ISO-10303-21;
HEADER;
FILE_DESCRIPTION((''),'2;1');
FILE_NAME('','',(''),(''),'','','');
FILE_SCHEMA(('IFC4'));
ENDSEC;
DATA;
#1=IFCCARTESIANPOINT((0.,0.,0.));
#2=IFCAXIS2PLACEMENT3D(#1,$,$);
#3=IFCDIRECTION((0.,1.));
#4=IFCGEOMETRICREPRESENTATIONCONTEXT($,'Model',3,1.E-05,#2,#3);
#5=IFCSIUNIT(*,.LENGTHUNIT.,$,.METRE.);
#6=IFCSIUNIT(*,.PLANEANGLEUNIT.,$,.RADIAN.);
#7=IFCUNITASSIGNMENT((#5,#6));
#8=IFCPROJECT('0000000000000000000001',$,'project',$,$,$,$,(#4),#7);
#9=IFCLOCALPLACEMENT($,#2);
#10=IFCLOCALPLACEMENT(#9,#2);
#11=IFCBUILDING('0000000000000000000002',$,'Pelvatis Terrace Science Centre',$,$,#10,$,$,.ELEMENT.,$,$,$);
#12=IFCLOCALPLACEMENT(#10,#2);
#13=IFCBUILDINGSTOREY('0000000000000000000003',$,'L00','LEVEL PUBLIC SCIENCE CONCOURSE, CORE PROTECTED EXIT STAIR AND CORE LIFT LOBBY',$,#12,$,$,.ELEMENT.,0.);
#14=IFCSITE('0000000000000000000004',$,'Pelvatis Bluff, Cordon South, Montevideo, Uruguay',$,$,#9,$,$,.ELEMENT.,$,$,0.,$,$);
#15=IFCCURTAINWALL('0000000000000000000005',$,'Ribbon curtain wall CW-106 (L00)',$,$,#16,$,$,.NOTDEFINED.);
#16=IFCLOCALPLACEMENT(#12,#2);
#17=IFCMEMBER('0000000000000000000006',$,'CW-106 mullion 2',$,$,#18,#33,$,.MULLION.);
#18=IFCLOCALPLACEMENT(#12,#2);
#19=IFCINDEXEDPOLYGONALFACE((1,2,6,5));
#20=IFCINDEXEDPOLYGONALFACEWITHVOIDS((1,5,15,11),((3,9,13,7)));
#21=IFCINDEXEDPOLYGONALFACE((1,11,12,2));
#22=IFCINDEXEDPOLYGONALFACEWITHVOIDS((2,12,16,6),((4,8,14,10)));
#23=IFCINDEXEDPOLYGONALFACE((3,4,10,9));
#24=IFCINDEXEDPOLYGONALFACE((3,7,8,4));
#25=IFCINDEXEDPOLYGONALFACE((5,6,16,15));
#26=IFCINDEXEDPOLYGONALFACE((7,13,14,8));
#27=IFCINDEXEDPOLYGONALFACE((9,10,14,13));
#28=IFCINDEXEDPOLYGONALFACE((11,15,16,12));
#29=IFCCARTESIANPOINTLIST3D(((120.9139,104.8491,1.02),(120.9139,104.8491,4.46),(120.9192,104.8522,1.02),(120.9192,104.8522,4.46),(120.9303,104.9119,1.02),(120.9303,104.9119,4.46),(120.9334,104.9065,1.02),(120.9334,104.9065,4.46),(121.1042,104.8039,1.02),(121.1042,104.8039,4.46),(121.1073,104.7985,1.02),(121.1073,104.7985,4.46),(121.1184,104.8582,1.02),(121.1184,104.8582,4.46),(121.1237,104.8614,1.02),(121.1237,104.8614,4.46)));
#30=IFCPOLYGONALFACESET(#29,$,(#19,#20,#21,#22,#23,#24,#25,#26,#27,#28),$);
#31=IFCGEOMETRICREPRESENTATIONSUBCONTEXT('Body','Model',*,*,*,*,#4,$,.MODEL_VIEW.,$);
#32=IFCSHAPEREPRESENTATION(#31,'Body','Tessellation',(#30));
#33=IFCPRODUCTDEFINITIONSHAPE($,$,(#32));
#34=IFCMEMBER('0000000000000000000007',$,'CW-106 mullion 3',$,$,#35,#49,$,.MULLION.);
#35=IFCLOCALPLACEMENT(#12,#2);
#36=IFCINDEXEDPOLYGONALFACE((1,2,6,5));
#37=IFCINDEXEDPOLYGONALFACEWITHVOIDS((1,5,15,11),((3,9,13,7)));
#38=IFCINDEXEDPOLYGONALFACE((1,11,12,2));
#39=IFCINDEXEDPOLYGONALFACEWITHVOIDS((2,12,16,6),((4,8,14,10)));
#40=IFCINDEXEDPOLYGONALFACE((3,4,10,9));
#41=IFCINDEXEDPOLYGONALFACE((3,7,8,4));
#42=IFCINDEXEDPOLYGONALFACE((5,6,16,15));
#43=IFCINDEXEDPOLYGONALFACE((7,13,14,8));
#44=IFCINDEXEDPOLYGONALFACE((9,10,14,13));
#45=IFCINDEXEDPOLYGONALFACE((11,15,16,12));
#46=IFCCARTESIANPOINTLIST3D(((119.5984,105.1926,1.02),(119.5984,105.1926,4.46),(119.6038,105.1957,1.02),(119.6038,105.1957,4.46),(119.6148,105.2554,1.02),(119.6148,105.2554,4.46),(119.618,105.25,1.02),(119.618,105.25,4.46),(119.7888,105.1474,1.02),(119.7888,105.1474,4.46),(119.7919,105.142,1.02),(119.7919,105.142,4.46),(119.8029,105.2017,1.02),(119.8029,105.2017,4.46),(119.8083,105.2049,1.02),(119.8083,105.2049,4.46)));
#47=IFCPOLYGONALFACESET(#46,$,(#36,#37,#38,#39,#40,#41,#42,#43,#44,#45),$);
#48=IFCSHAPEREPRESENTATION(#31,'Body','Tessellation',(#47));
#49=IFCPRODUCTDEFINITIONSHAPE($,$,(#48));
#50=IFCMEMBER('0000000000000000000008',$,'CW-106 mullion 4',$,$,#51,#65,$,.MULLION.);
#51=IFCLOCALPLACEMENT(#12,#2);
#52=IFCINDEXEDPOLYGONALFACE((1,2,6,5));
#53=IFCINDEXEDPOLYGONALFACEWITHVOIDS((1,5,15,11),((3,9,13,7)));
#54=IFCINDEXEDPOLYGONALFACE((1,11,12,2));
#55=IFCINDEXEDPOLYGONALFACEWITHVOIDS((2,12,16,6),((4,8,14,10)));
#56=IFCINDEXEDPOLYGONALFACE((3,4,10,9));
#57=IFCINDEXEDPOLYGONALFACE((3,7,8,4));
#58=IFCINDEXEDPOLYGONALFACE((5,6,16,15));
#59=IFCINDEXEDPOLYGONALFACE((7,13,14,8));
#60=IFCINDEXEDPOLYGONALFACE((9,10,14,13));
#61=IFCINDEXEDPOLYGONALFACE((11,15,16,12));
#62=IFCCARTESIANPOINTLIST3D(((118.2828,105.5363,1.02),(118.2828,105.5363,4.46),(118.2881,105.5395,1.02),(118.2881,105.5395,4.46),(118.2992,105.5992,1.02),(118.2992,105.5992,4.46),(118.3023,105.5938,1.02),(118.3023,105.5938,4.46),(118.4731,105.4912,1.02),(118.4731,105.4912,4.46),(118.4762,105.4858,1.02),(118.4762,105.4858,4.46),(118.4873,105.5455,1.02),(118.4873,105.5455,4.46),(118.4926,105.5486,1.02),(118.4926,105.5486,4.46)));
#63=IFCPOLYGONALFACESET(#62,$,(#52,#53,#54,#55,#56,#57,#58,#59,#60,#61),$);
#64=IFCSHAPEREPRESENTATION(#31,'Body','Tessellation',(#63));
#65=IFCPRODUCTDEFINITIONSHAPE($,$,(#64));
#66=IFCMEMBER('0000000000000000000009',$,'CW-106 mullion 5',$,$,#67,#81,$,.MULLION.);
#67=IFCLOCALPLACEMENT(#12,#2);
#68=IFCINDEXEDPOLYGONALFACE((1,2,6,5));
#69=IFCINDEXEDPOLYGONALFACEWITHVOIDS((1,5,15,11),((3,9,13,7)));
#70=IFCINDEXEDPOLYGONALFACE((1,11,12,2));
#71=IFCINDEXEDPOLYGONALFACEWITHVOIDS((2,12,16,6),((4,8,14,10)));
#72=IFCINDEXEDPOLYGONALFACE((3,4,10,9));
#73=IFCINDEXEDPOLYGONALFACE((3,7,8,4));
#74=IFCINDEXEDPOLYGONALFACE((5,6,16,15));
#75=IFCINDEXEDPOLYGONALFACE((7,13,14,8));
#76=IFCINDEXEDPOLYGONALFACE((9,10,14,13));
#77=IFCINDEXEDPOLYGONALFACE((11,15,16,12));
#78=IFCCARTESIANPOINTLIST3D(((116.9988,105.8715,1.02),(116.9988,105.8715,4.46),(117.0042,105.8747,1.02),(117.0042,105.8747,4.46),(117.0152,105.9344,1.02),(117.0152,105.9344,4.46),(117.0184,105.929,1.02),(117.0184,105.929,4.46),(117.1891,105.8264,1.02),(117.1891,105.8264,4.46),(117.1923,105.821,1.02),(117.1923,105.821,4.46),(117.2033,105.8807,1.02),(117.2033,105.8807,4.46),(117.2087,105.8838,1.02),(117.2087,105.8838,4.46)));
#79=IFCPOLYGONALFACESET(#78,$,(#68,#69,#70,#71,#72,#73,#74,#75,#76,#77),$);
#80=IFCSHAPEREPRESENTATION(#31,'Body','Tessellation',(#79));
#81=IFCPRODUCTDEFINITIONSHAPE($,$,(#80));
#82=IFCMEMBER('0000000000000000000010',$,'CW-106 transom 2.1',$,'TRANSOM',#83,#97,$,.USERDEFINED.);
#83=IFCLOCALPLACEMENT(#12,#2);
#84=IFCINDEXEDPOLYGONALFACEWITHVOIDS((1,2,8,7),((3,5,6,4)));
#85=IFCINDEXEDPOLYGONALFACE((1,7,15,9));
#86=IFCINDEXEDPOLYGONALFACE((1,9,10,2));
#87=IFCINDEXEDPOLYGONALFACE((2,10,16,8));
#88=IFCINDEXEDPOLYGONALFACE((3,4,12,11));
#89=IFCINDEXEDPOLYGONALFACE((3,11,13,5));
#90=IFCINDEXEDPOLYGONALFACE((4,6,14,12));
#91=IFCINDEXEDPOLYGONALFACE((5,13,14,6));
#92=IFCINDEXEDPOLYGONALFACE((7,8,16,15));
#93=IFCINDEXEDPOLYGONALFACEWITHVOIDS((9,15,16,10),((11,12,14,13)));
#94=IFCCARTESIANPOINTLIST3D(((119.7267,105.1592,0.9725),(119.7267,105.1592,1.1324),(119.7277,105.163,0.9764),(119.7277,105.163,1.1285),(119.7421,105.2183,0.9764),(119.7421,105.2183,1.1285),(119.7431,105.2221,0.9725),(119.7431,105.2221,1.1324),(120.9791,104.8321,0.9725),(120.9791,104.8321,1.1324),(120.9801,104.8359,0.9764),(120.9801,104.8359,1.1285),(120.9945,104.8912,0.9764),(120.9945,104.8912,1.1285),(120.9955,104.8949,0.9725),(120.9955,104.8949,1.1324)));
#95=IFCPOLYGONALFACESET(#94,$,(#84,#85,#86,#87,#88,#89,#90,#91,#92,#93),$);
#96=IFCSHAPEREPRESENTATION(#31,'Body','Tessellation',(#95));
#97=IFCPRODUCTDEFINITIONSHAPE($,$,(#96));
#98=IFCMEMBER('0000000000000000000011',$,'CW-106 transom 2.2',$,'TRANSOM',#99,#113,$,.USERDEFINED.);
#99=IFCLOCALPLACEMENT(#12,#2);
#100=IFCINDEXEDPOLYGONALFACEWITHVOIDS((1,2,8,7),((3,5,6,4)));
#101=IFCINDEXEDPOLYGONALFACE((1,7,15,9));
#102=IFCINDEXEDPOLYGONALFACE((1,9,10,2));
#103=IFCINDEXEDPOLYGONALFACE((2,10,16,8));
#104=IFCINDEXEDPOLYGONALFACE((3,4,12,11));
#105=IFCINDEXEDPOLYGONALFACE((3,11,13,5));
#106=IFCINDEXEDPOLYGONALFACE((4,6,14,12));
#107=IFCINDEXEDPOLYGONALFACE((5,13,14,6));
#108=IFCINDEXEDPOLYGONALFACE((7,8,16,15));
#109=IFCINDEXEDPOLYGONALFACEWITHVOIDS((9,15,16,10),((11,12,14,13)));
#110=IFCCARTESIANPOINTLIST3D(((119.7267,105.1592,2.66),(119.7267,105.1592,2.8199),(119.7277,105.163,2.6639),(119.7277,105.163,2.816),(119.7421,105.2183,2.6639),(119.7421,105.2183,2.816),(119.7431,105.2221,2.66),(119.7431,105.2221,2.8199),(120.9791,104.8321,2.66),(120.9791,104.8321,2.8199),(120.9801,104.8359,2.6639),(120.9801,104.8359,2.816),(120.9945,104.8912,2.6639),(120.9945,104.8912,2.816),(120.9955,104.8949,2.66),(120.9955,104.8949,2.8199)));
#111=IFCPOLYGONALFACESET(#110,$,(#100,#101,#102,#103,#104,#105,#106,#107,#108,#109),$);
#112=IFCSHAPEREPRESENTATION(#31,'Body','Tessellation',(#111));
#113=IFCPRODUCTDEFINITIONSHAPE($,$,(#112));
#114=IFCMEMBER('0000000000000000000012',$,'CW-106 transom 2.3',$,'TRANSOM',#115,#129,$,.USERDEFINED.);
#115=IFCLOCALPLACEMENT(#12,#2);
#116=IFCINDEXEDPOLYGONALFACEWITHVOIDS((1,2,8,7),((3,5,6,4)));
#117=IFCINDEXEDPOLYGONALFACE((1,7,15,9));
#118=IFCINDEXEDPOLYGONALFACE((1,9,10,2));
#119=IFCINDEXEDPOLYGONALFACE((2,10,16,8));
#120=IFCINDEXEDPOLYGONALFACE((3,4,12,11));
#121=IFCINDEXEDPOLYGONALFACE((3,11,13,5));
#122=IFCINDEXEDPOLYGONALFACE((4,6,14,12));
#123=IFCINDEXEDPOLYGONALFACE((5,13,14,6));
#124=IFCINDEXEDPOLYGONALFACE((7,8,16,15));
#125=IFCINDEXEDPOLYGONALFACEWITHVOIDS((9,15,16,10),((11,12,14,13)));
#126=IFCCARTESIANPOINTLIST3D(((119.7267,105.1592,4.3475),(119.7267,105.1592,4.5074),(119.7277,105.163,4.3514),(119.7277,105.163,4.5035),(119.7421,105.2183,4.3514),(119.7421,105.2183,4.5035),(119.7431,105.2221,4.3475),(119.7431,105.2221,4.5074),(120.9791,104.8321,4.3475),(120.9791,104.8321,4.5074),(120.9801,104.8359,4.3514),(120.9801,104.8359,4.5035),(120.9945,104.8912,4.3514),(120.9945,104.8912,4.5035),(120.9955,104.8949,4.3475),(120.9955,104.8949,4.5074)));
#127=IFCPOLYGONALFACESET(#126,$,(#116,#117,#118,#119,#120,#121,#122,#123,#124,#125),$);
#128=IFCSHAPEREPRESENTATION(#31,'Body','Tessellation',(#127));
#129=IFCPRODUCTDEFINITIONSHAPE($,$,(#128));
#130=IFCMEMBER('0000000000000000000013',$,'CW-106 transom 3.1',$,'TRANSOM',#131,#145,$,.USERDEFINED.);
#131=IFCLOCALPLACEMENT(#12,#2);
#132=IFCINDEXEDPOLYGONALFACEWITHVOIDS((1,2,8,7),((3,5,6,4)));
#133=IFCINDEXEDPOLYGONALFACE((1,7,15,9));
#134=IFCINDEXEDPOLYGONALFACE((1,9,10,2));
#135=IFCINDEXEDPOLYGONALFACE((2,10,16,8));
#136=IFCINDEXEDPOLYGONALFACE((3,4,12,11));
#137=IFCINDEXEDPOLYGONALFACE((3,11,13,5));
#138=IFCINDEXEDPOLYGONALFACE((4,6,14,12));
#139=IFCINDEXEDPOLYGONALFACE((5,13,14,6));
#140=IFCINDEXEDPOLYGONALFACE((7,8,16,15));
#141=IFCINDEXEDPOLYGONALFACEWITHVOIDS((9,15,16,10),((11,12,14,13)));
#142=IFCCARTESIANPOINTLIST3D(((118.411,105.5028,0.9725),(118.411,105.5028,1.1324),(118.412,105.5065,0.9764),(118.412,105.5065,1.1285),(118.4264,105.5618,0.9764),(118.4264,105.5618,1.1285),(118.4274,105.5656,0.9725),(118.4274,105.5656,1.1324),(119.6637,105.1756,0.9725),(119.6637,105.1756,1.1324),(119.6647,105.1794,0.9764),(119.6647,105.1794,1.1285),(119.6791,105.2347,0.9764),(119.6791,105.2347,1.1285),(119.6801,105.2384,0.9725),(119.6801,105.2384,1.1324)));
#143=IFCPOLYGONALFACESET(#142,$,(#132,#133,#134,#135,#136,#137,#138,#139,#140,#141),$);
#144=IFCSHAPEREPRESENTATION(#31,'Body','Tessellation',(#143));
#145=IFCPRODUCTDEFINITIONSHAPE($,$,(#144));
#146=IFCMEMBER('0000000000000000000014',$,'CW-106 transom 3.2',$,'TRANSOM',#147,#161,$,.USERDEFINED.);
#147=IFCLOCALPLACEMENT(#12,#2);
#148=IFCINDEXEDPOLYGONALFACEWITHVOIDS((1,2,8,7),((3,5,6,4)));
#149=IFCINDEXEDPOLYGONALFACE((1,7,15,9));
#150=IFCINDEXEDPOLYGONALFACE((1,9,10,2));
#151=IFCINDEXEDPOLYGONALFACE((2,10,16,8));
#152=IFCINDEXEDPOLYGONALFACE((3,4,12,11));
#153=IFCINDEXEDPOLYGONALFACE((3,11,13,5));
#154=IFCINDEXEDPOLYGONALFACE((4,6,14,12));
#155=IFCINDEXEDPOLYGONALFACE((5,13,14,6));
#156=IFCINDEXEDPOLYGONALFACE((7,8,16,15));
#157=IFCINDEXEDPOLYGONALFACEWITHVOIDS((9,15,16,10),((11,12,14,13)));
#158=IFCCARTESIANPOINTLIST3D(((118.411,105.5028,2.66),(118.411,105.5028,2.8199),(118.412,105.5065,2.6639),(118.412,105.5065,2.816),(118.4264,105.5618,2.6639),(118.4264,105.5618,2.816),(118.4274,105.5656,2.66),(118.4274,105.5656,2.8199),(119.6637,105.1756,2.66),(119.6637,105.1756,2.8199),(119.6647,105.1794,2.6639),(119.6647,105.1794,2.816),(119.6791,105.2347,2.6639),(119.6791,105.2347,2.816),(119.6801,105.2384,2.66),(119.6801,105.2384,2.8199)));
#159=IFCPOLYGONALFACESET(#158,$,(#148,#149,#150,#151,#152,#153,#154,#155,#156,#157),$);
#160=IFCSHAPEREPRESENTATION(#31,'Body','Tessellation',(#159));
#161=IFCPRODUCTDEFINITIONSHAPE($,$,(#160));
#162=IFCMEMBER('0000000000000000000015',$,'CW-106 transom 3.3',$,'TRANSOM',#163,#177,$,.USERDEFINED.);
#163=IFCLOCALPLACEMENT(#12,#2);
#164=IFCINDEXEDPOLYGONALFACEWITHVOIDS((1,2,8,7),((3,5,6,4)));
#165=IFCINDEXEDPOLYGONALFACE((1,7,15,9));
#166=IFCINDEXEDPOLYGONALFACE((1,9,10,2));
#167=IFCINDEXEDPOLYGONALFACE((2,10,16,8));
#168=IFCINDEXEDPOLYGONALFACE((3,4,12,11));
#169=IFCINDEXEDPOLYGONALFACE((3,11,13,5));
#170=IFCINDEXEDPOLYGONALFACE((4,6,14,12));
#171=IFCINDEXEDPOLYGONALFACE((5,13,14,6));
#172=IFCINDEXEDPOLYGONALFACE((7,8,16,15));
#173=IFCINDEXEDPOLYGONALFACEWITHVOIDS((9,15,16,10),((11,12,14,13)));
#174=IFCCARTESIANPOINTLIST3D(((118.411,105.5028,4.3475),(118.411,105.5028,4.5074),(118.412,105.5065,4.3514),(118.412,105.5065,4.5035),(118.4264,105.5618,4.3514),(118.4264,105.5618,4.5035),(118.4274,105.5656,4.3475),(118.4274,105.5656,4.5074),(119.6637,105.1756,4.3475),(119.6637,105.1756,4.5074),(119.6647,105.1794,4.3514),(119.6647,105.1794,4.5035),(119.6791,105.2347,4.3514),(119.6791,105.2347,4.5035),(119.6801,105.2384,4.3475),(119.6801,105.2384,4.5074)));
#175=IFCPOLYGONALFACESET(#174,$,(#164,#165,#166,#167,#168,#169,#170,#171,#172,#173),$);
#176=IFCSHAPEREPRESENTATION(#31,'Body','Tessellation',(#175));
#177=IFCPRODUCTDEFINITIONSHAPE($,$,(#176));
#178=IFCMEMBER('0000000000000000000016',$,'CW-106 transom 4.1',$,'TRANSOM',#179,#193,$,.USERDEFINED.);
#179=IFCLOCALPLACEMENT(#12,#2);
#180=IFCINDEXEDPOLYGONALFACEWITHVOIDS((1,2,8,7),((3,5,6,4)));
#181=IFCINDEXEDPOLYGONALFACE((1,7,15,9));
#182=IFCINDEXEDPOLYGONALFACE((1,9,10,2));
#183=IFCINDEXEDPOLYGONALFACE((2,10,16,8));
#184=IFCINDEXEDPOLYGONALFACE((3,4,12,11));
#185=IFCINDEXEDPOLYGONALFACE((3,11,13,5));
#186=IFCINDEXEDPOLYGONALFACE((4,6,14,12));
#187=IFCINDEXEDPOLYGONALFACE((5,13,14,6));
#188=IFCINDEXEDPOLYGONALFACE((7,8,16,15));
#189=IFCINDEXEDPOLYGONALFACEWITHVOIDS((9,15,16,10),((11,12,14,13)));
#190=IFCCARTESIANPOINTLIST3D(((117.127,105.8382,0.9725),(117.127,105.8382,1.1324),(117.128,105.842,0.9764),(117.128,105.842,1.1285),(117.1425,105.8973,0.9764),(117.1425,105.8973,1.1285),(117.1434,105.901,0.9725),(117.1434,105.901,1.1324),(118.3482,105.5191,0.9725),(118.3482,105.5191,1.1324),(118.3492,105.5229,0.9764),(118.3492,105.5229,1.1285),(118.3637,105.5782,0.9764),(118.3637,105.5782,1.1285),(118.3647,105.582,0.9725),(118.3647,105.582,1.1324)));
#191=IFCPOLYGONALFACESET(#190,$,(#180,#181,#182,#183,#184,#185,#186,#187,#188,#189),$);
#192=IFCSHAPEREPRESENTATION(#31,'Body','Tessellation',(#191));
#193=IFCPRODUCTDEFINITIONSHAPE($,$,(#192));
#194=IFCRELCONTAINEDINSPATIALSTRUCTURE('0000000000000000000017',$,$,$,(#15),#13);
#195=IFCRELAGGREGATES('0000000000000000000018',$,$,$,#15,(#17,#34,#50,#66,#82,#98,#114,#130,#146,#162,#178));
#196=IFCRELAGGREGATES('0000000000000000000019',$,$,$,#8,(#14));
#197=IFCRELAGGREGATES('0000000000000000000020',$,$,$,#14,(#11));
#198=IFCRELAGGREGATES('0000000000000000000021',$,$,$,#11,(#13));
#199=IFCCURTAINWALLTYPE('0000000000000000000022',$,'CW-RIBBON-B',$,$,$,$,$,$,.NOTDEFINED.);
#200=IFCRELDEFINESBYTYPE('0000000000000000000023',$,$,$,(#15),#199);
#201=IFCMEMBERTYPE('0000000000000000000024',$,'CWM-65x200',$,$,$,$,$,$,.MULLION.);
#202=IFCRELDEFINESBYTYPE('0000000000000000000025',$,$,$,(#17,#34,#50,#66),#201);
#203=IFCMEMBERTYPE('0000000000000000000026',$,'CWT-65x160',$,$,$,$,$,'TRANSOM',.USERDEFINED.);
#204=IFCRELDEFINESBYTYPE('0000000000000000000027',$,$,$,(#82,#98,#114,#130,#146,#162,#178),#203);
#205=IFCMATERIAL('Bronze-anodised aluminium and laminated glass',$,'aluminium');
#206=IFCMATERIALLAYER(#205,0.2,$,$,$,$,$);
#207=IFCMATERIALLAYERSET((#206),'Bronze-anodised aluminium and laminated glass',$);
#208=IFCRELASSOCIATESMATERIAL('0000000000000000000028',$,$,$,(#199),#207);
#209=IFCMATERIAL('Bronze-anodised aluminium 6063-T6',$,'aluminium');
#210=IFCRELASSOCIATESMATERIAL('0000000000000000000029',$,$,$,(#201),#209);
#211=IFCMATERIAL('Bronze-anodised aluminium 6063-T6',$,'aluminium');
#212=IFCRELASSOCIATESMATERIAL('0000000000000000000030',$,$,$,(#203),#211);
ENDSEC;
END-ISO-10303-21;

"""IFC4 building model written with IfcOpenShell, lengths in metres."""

from ifc_helpers import new_model, si_unit, direction, frame, origin, origin_2d, place, context, subcontext, project, spatial, hollow_rectangle, extrude, material, layer, layer_set, material_profile, profile_set, type_object, element, aggregate, save


model = new_model("IFC4")

# Units and contexts
model_context = context("Model", 3, precision=1e-05, world=origin(), true_north=direction((0.0, 1.0)))
body_context = subcontext(model_context, "Body", "Model", "MODEL_VIEW")
ifc_project = project(units=[si_unit("LENGTHUNIT", "METRE"), si_unit("PLANEANGLEUNIT", "RADIAN")], contexts=[model_context])

# Site, building, storey
site_placement = place(None, origin())
site = spatial("IfcSite", under=ifc_project, at=site_placement, Name="Pelvatis Bluff, Cordon South, Montevideo, Uruguay", CompositionType="ELEMENT", RefElevation=0.0)
building_placement = place(site_placement, origin())
building = spatial("IfcBuilding", under=site, at=building_placement, Name="Pelvatis Terrace Science Centre", CompositionType="ELEMENT")
storey_placement = place(building_placement, origin())
storey = spatial("IfcBuildingStorey", under=building, at=storey_placement, Name="L00", Description="LEVEL PUBLIC SCIENCE CONCOURSE, CORE PROTECTED EXIT STAIR AND CORE LIFT LOBBY", CompositionType="ELEMENT", Elevation=0.0)

# Curtain wall, members
ifc_material_1 = material(Name="Bronze-anodised aluminium and laminated glass", Category="aluminium")
ifc_layer_1 = layer(ifc_material_1, 0.2)
ifc_layer_set_1 = layer_set([ifc_layer_1], Name="Bronze-anodised aluminium and laminated glass")
curtain_wall_type = type_object("IfcCurtainWallType", Name="CW-RIBBON-B", PredefinedType="NOTDEFINED", material=ifc_layer_set_1)
curtain_wall_placement = place(storey_placement, origin())
curtain_wall = element("IfcCurtainWall", 1, at=curtain_wall_placement, inside=storey, type_object=curtain_wall_type, Name="Ribbon curtain wall CW-106 (L00)", PredefinedType="NOTDEFINED")
ifc_material_2 = material(Name="Bronze-anodised aluminium 6063-T6", Category="aluminium")
ifc_material_profile_1 = material_profile(ifc_material_2, hollow_rectangle(XDim=0.0649, YDim=0.2, WallThickness=0.0044, at=origin_2d()), Name="ALU-MUL 65x200")
ifc_profile_set_1 = profile_set([ifc_material_profile_1], Name="Bronze-anodised aluminium 6063-T6")
member_type_1 = type_object("IfcMemberType", Name="CWM-65x200", PredefinedType="MULLION", material=ifc_profile_set_1)
member_1_placement = place(storey_placement, frame((121.0188, 104.8552, 1.02), z_axis=(0.0, 0.0, 1.0), x_axis=(-0.252698, -0.967545, 0.0)))
member_1 = element("IfcMember", 2, at=member_1_placement, type_object=member_type_1, Name="CW-106 mullion 2", PredefinedType="MULLION", context=body_context, shape_type="SweptSolid", body=[
    extrude(hollow_rectangle(XDim=0.0649, YDim=0.2, WallThickness=0.0044, at=origin_2d()), origin(), (0.0, 0.0, 1.0), 3.4399),
])
member_2_placement = place(storey_placement, frame((119.7034, 105.1987, 1.02), z_axis=(0.0, 0.0, 1.0), x_axis=(-0.252698, -0.967545, 0.0)))
member_2 = element("IfcMember", 3, at=member_2_placement, type_object=member_type_1, Name="CW-106 mullion 3", PredefinedType="MULLION", context=body_context, shape_type="SweptSolid", body=[
    extrude(hollow_rectangle(XDim=0.0649, YDim=0.2, WallThickness=0.0044, at=origin_2d()), origin(), (0.0, 0.0, 1.0), 3.4399),
])
member_3_placement = place(storey_placement, frame((118.3877, 105.5425, 1.02), z_axis=(0.0, 0.0, 1.0), x_axis=(-0.252698, -0.967545, 0.0)))
member_3 = element("IfcMember", 4, at=member_3_placement, type_object=member_type_1, Name="CW-106 mullion 4", PredefinedType="MULLION", context=body_context, shape_type="SweptSolid", body=[
    extrude(hollow_rectangle(XDim=0.0649, YDim=0.2, WallThickness=0.0044, at=origin_2d()), origin(), (0.0, 0.0, 1.0), 3.4399),
])
member_4_placement = place(storey_placement, frame((117.1038, 105.8777, 1.02), z_axis=(0.0, 0.0, 1.0), x_axis=(-0.252698, -0.967545, 0.0)))
member_4 = element("IfcMember", 5, at=member_4_placement, type_object=member_type_1, Name="CW-106 mullion 5", PredefinedType="MULLION", context=body_context, shape_type="SweptSolid", body=[
    extrude(hollow_rectangle(XDim=0.0649, YDim=0.2, WallThickness=0.0044, at=origin_2d()), origin(), (0.0, 0.0, 1.0), 3.4399),
])
ifc_material_3 = material(Name="Bronze-anodised aluminium 6063-T6", Category="aluminium")
ifc_material_profile_2 = material_profile(ifc_material_3, hollow_rectangle(XDim=0.0649, YDim=0.1599, WallThickness=0.0039, at=origin_2d()), Name="ALU-TRN 65x160")
ifc_profile_set_2 = profile_set([ifc_material_profile_2], Name="Bronze-anodised aluminium 6063-T6")
member_type_2 = type_object("IfcMemberType", Name="CWT-65x160", ElementType="TRANSOM", PredefinedType="USERDEFINED", material=ifc_profile_set_2)
member_5_placement = place(storey_placement, frame((120.9873, 104.8635, 1.0525), z_axis=(-0.967537, 0.252729, 0.0), x_axis=(-0.252729, -0.967537, 0.0)))
member_5 = element("IfcMember", 6, at=member_5_placement, type_object=member_type_2, Name="CW-106 transom 2.1", ObjectType="TRANSOM", PredefinedType="USERDEFINED", context=body_context, shape_type="SweptSolid", body=[
    extrude(hollow_rectangle(XDim=0.0649, YDim=0.1599, WallThickness=0.0039, at=origin_2d()), origin(), (0.0, 0.0, 1.0), 1.2944),
])
member_6_placement = place(storey_placement, frame((120.9873, 104.8635, 2.74), z_axis=(-0.967537, 0.252729, 0.0), x_axis=(-0.252729, -0.967537, 0.0)))
member_6 = element("IfcMember", 7, at=member_6_placement, type_object=member_type_2, Name="CW-106 transom 2.2", ObjectType="TRANSOM", PredefinedType="USERDEFINED", context=body_context, shape_type="SweptSolid", body=[
    extrude(hollow_rectangle(XDim=0.0649, YDim=0.1599, WallThickness=0.0039, at=origin_2d()), origin(), (0.0, 0.0, 1.0), 1.2944),
])
member_7_placement = place(storey_placement, frame((120.9873, 104.8635, 4.4275), z_axis=(-0.967537, 0.252729, 0.0), x_axis=(-0.252729, -0.967537, 0.0)))
member_7 = element("IfcMember", 8, at=member_7_placement, type_object=member_type_2, Name="CW-106 transom 2.3", ObjectType="TRANSOM", PredefinedType="USERDEFINED", context=body_context, shape_type="SweptSolid", body=[
    extrude(hollow_rectangle(XDim=0.0649, YDim=0.1599, WallThickness=0.0039, at=origin_2d()), origin(), (0.0, 0.0, 1.0), 1.2944),
])
member_8_placement = place(storey_placement, frame((119.6719, 105.207, 1.0525), z_axis=(-0.967549, 0.252683, 0.0), x_axis=(-0.252683, -0.967549, 0.0)))
member_8 = element("IfcMember", 9, at=member_8_placement, type_object=member_type_2, Name="CW-106 transom 3.1", ObjectType="TRANSOM", PredefinedType="USERDEFINED", context=body_context, shape_type="SweptSolid", body=[
    extrude(hollow_rectangle(XDim=0.0649, YDim=0.1599, WallThickness=0.0039, at=origin_2d()), origin(), (0.0, 0.0, 1.0), 1.2947),
])
member_9_placement = place(storey_placement, frame((119.6719, 105.207, 2.74), z_axis=(-0.967549, 0.252683, 0.0), x_axis=(-0.252683, -0.967549, 0.0)))
member_9 = element("IfcMember", 10, at=member_9_placement, type_object=member_type_2, Name="CW-106 transom 3.2", ObjectType="TRANSOM", PredefinedType="USERDEFINED", context=body_context, shape_type="SweptSolid", body=[
    extrude(hollow_rectangle(XDim=0.0649, YDim=0.1599, WallThickness=0.0039, at=origin_2d()), origin(), (0.0, 0.0, 1.0), 1.2947),
])
member_10_placement = place(storey_placement, frame((119.6719, 105.207, 4.4275), z_axis=(-0.967549, 0.252683, 0.0), x_axis=(-0.252683, -0.967549, 0.0)))
member_10 = element("IfcMember", 11, at=member_10_placement, type_object=member_type_2, Name="CW-106 transom 3.3", ObjectType="TRANSOM", PredefinedType="USERDEFINED", context=body_context, shape_type="SweptSolid", body=[
    extrude(hollow_rectangle(XDim=0.0649, YDim=0.1599, WallThickness=0.0039, at=origin_2d()), origin(), (0.0, 0.0, 1.0), 1.2947),
])
member_11_placement = place(storey_placement, frame((118.3564, 105.5505, 1.0525), z_axis=(-0.967517, 0.252808, 0.0), x_axis=(-0.252808, -0.967517, 0.0)))
member_11 = element("IfcMember", 12, at=member_11_placement, type_object=member_type_2, Name="CW-106 transom 4.1", ObjectType="TRANSOM", PredefinedType="USERDEFINED", context=body_context, shape_type="SweptSolid", body=[
    extrude(hollow_rectangle(XDim=0.0649, YDim=0.1599, WallThickness=0.0039, at=origin_2d()), origin(), (0.0, 0.0, 1.0), 1.2622),
])
aggregate(curtain_wall, [member_1, member_2, member_3, member_4, member_5, member_6, member_7, member_8, member_9, member_10, member_11])

save(model, "model.ifc")
